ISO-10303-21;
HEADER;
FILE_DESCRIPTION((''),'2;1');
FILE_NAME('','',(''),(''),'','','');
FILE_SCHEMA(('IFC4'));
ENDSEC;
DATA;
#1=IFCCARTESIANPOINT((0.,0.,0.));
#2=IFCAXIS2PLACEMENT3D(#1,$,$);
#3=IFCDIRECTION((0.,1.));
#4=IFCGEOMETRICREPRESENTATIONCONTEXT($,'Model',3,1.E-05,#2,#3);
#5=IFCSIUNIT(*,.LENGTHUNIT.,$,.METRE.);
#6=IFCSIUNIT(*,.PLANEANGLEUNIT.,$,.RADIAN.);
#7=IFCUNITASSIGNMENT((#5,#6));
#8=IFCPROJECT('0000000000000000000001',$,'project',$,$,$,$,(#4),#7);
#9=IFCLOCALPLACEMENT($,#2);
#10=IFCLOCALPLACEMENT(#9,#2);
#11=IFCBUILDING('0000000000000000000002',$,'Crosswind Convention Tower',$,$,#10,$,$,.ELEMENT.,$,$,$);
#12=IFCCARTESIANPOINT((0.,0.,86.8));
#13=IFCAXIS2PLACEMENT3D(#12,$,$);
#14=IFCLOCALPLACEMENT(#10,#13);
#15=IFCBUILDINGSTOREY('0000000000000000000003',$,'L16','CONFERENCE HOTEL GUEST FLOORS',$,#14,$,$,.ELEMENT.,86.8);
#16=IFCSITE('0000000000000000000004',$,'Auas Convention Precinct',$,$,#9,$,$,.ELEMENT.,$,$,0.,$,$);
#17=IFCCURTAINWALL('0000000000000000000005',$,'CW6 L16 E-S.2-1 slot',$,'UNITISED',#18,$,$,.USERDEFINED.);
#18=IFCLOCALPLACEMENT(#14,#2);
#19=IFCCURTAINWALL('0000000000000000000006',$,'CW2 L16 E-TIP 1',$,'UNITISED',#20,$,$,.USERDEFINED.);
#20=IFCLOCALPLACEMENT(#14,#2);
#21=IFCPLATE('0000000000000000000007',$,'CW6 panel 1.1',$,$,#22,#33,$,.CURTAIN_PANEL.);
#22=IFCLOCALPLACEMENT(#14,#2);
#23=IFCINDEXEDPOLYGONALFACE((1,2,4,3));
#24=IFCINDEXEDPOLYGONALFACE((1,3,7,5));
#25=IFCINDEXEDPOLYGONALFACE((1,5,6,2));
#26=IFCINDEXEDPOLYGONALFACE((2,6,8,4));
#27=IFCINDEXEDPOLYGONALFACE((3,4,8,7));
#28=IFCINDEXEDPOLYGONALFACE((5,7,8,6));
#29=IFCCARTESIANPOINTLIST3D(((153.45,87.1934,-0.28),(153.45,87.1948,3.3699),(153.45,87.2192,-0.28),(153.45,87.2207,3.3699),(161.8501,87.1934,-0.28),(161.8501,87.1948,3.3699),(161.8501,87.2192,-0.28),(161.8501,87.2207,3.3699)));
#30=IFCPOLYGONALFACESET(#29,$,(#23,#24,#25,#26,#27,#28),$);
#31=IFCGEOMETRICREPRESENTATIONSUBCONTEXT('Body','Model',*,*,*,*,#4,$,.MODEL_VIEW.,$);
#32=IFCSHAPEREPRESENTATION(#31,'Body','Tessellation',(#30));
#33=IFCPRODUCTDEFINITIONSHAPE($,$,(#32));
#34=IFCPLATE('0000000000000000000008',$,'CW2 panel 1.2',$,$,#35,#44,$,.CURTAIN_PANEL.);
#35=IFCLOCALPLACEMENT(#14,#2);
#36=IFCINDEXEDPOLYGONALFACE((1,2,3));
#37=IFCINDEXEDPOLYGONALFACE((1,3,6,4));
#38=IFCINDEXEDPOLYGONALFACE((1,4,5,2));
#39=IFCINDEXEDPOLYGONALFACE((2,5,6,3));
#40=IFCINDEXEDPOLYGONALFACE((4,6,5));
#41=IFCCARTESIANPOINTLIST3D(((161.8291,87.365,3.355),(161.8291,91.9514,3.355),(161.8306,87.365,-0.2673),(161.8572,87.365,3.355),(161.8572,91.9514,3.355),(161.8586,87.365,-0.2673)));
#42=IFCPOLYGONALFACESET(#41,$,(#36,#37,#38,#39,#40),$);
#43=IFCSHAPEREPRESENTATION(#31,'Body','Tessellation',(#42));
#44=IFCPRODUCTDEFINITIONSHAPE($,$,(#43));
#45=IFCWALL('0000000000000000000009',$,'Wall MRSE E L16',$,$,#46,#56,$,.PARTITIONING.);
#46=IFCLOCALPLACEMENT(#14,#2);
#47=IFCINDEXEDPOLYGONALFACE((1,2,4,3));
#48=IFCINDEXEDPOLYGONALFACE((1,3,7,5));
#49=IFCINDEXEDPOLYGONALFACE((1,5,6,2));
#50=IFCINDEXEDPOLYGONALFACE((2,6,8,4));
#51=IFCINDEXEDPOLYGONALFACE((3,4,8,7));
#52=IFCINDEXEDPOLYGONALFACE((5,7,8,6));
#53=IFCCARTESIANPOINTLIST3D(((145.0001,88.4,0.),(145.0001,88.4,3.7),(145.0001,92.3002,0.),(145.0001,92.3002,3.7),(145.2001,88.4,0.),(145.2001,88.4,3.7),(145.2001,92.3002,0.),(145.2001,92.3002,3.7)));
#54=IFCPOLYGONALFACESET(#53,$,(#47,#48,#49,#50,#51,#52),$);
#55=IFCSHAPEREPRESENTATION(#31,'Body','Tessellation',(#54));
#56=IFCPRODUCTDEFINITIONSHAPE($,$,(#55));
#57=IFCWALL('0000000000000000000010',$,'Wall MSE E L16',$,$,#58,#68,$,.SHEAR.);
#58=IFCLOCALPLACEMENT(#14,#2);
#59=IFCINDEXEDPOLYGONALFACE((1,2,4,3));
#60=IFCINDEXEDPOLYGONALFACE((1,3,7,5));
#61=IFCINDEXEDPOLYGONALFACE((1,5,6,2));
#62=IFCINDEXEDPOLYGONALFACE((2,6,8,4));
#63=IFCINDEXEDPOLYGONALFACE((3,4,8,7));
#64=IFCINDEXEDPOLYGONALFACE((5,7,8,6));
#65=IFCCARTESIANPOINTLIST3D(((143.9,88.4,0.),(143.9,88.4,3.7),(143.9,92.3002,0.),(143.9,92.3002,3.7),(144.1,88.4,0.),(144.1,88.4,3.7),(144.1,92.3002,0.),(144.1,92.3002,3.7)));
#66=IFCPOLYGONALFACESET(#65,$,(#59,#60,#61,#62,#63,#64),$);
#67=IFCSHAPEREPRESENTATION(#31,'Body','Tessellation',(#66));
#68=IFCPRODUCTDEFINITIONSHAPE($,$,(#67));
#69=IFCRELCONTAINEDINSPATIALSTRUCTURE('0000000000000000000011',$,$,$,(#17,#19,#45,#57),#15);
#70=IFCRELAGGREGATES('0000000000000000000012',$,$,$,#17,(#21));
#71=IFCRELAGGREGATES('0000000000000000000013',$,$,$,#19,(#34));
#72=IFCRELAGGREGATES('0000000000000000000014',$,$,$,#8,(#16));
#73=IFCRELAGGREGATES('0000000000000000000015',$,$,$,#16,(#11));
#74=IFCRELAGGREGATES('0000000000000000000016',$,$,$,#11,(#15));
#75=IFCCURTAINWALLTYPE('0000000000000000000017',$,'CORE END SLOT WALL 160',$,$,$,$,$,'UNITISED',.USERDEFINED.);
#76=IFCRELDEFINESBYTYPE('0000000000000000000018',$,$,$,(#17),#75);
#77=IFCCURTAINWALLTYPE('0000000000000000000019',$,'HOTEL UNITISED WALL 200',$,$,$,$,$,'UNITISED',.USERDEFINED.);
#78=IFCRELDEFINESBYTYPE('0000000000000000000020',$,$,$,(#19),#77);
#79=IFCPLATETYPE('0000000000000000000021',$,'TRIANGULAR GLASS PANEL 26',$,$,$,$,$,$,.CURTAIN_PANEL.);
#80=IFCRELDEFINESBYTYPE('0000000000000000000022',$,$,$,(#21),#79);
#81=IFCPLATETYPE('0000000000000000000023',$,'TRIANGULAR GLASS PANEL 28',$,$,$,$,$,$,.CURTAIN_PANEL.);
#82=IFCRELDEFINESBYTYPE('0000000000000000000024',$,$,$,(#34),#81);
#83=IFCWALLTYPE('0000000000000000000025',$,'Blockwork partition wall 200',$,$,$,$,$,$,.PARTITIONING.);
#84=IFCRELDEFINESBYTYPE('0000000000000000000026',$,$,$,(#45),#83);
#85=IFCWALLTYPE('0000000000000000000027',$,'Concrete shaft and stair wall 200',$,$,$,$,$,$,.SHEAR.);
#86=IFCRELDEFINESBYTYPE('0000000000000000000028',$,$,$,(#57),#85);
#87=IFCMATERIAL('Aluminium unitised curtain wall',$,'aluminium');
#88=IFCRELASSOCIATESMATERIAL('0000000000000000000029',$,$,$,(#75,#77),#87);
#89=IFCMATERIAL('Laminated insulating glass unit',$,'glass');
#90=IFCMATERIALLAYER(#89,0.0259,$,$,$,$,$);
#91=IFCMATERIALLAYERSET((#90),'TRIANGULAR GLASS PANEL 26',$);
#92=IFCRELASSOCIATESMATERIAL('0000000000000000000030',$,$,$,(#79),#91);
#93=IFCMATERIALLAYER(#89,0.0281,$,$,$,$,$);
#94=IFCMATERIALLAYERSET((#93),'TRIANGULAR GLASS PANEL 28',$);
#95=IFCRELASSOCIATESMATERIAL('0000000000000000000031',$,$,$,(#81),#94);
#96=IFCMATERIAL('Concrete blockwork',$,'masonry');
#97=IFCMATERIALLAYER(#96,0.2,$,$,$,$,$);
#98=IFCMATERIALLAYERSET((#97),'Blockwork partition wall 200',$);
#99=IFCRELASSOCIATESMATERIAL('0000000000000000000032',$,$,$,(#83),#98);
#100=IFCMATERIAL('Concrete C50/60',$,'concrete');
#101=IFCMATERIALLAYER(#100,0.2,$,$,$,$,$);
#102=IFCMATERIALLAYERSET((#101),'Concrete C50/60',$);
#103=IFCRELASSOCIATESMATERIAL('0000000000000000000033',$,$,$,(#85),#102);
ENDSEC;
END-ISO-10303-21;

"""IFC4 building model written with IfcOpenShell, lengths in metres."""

from ifc_helpers import new_model, si_unit, direction, frame, frame_2d, origin, place, context, subcontext, project, spatial, polyline, rectangle, outline, extrude, material, layer, layer_set, type_object, element, aggregate, save


model = new_model("IFC4")

# Units and contexts
model_context = context("Model", 3, precision=1e-05, world=origin(), true_north=direction((0.0, 1.0)))
body_context = subcontext(model_context, "Body", "Model", "MODEL_VIEW")
ifc_project = project(units=[si_unit("LENGTHUNIT", "METRE"), si_unit("PLANEANGLEUNIT", "RADIAN")], contexts=[model_context])

# Site, building, storey
site_placement = place(None, origin())
site = spatial("IfcSite", under=ifc_project, at=site_placement, Name="Auas Convention Precinct", CompositionType="ELEMENT", RefElevation=0.0)
building_placement = place(site_placement, origin())
building = spatial("IfcBuilding", under=site, at=building_placement, Name="Crosswind Convention Tower", CompositionType="ELEMENT")
storey_placement = place(building_placement, frame((0.0, 0.0, 86.8)))
storey = spatial("IfcBuildingStorey", under=building, at=storey_placement, Name="L16", Description="CONFERENCE HOTEL GUEST FLOORS", CompositionType="ELEMENT", Elevation=86.8)

# Curtain wall
ifc_material_1 = material(Name="Aluminium unitised curtain wall", Category="aluminium")
curtain_wall_type_1 = type_object("IfcCurtainWallType", Name="CORE END SLOT WALL 160", ElementType="UNITISED", PredefinedType="USERDEFINED", material=ifc_material_1)
curtain_wall_1_placement = place(storey_placement, origin())
curtain_wall_1 = element("IfcCurtainWall", 1, at=curtain_wall_1_placement, inside=storey, type_object=curtain_wall_type_1, Name="CW6 L16 E-S.2-1 slot", ObjectType="UNITISED", PredefinedType="USERDEFINED")

# Curtain wall
curtain_wall_type_2 = type_object("IfcCurtainWallType", Name="HOTEL UNITISED WALL 200", ElementType="UNITISED", PredefinedType="USERDEFINED", material=ifc_material_1)
curtain_wall_2_placement = place(storey_placement, origin())
curtain_wall_2 = element("IfcCurtainWall", 2, at=curtain_wall_2_placement, inside=storey, type_object=curtain_wall_type_2, Name="CW2 L16 E-TIP 1", ObjectType="UNITISED", PredefinedType="USERDEFINED")

# Plates
ifc_material_2 = material(Name="Laminated insulating glass unit", Category="glass")
ifc_layer_1 = layer(ifc_material_2, 0.0259)
ifc_layer_set_1 = layer_set([ifc_layer_1], Name="TRIANGULAR GLASS PANEL 26")
plate_type_1 = type_object("IfcPlateType", Name="TRIANGULAR GLASS PANEL 26", PredefinedType="CURTAIN_PANEL", material=ifc_layer_set_1)
plate_1_placement = place(storey_placement, frame((153.45, 87.1934, -0.28), z_axis=(0.0, -1.0, 0.000401), x_axis=(1.0, 0.0, 0.0)))
plate_1 = element("IfcPlate", 3, at=plate_1_placement, type_object=plate_type_1, Name="CW6 panel 1.1", PredefinedType="CURTAIN_PANEL", context=body_context, shape_type="SweptSolid", body=[
    extrude(outline(polyline([(0.0, 0.0), (8.4001, 0.0), (8.4001, 3.6499), (0.0, 3.6499), (0.0, 0.0)])), origin(), (0.0, 0.0, -1.0), 0.0259),
])
aggregate(curtain_wall_1, [plate_1])
ifc_layer_2 = layer(ifc_material_2, 0.0281)
ifc_layer_set_2 = layer_set([ifc_layer_2], Name="TRIANGULAR GLASS PANEL 28")
plate_type_2 = type_object("IfcPlateType", Name="TRIANGULAR GLASS PANEL 28", PredefinedType="CURTAIN_PANEL", material=ifc_layer_set_2)
plate_2_placement = place(storey_placement, frame((161.8572, 87.365, 3.355), z_axis=(1.0, 0.0, 0.000404), x_axis=(0.000404, 0.0, -1.0)))
plate_2 = element("IfcPlate", 4, at=plate_2_placement, type_object=plate_type_2, Name="CW2 panel 1.2", PredefinedType="CURTAIN_PANEL", context=body_context, shape_type="SweptSolid", body=[
    extrude(outline(polyline([(0.0, 0.0), (3.6223, 0.0), (0.0, 4.5864), (0.0, 0.0)])), origin(), (0.0, 0.0, -1.0), 0.0281),
])

# Walls
ifc_material_3 = material(Name="Concrete blockwork", Category="masonry")
ifc_layer_3 = layer(ifc_material_3, 0.2)
ifc_layer_set_3 = layer_set([ifc_layer_3], Name="Blockwork partition wall 200")
wall_type_1 = type_object("IfcWallType", Name="Blockwork partition wall 200", PredefinedType="PARTITIONING", material=ifc_layer_set_3)
wall_1_placement = place(storey_placement, frame((145.1001, 88.3999, 0.0), z_axis=(0.0, 0.0, 1.0), x_axis=(0.0, 1.0, 0.0)))
element("IfcWall", 5, at=wall_1_placement, inside=storey, type_object=wall_type_1, Name="Wall MRSE E L16", PredefinedType="PARTITIONING", context=body_context, shape_type="SweptSolid", body=[
    extrude(rectangle(XDim=3.9001, YDim=0.2, at=frame_2d((1.9502, 0.0))), origin(), (0.0, 0.0, 1.0), 3.7),
])
ifc_material_4 = material(Name="Concrete C50/60", Category="concrete")
ifc_layer_4 = layer(ifc_material_4, 0.2)
ifc_layer_set_4 = layer_set([ifc_layer_4], Name="Concrete C50/60")
wall_type_2 = type_object("IfcWallType", Name="Concrete shaft and stair wall 200", PredefinedType="SHEAR", material=ifc_layer_set_4)
wall_2_placement = place(storey_placement, frame((144.0, 88.3999, 0.0), z_axis=(0.0, 0.0, 1.0), x_axis=(0.0, 1.0, 0.0)))
element("IfcWall", 6, at=wall_2_placement, inside=storey, type_object=wall_type_2, Name="Wall MSE E L16", PredefinedType="SHEAR", context=body_context, shape_type="SweptSolid", body=[
    extrude(rectangle(XDim=3.9001, YDim=0.2, at=frame_2d((1.9502, 0.0))), origin(), (0.0, 0.0, 1.0), 3.7),
])

aggregate(curtain_wall_2, [plate_2])

save(model, "model.ifc")
